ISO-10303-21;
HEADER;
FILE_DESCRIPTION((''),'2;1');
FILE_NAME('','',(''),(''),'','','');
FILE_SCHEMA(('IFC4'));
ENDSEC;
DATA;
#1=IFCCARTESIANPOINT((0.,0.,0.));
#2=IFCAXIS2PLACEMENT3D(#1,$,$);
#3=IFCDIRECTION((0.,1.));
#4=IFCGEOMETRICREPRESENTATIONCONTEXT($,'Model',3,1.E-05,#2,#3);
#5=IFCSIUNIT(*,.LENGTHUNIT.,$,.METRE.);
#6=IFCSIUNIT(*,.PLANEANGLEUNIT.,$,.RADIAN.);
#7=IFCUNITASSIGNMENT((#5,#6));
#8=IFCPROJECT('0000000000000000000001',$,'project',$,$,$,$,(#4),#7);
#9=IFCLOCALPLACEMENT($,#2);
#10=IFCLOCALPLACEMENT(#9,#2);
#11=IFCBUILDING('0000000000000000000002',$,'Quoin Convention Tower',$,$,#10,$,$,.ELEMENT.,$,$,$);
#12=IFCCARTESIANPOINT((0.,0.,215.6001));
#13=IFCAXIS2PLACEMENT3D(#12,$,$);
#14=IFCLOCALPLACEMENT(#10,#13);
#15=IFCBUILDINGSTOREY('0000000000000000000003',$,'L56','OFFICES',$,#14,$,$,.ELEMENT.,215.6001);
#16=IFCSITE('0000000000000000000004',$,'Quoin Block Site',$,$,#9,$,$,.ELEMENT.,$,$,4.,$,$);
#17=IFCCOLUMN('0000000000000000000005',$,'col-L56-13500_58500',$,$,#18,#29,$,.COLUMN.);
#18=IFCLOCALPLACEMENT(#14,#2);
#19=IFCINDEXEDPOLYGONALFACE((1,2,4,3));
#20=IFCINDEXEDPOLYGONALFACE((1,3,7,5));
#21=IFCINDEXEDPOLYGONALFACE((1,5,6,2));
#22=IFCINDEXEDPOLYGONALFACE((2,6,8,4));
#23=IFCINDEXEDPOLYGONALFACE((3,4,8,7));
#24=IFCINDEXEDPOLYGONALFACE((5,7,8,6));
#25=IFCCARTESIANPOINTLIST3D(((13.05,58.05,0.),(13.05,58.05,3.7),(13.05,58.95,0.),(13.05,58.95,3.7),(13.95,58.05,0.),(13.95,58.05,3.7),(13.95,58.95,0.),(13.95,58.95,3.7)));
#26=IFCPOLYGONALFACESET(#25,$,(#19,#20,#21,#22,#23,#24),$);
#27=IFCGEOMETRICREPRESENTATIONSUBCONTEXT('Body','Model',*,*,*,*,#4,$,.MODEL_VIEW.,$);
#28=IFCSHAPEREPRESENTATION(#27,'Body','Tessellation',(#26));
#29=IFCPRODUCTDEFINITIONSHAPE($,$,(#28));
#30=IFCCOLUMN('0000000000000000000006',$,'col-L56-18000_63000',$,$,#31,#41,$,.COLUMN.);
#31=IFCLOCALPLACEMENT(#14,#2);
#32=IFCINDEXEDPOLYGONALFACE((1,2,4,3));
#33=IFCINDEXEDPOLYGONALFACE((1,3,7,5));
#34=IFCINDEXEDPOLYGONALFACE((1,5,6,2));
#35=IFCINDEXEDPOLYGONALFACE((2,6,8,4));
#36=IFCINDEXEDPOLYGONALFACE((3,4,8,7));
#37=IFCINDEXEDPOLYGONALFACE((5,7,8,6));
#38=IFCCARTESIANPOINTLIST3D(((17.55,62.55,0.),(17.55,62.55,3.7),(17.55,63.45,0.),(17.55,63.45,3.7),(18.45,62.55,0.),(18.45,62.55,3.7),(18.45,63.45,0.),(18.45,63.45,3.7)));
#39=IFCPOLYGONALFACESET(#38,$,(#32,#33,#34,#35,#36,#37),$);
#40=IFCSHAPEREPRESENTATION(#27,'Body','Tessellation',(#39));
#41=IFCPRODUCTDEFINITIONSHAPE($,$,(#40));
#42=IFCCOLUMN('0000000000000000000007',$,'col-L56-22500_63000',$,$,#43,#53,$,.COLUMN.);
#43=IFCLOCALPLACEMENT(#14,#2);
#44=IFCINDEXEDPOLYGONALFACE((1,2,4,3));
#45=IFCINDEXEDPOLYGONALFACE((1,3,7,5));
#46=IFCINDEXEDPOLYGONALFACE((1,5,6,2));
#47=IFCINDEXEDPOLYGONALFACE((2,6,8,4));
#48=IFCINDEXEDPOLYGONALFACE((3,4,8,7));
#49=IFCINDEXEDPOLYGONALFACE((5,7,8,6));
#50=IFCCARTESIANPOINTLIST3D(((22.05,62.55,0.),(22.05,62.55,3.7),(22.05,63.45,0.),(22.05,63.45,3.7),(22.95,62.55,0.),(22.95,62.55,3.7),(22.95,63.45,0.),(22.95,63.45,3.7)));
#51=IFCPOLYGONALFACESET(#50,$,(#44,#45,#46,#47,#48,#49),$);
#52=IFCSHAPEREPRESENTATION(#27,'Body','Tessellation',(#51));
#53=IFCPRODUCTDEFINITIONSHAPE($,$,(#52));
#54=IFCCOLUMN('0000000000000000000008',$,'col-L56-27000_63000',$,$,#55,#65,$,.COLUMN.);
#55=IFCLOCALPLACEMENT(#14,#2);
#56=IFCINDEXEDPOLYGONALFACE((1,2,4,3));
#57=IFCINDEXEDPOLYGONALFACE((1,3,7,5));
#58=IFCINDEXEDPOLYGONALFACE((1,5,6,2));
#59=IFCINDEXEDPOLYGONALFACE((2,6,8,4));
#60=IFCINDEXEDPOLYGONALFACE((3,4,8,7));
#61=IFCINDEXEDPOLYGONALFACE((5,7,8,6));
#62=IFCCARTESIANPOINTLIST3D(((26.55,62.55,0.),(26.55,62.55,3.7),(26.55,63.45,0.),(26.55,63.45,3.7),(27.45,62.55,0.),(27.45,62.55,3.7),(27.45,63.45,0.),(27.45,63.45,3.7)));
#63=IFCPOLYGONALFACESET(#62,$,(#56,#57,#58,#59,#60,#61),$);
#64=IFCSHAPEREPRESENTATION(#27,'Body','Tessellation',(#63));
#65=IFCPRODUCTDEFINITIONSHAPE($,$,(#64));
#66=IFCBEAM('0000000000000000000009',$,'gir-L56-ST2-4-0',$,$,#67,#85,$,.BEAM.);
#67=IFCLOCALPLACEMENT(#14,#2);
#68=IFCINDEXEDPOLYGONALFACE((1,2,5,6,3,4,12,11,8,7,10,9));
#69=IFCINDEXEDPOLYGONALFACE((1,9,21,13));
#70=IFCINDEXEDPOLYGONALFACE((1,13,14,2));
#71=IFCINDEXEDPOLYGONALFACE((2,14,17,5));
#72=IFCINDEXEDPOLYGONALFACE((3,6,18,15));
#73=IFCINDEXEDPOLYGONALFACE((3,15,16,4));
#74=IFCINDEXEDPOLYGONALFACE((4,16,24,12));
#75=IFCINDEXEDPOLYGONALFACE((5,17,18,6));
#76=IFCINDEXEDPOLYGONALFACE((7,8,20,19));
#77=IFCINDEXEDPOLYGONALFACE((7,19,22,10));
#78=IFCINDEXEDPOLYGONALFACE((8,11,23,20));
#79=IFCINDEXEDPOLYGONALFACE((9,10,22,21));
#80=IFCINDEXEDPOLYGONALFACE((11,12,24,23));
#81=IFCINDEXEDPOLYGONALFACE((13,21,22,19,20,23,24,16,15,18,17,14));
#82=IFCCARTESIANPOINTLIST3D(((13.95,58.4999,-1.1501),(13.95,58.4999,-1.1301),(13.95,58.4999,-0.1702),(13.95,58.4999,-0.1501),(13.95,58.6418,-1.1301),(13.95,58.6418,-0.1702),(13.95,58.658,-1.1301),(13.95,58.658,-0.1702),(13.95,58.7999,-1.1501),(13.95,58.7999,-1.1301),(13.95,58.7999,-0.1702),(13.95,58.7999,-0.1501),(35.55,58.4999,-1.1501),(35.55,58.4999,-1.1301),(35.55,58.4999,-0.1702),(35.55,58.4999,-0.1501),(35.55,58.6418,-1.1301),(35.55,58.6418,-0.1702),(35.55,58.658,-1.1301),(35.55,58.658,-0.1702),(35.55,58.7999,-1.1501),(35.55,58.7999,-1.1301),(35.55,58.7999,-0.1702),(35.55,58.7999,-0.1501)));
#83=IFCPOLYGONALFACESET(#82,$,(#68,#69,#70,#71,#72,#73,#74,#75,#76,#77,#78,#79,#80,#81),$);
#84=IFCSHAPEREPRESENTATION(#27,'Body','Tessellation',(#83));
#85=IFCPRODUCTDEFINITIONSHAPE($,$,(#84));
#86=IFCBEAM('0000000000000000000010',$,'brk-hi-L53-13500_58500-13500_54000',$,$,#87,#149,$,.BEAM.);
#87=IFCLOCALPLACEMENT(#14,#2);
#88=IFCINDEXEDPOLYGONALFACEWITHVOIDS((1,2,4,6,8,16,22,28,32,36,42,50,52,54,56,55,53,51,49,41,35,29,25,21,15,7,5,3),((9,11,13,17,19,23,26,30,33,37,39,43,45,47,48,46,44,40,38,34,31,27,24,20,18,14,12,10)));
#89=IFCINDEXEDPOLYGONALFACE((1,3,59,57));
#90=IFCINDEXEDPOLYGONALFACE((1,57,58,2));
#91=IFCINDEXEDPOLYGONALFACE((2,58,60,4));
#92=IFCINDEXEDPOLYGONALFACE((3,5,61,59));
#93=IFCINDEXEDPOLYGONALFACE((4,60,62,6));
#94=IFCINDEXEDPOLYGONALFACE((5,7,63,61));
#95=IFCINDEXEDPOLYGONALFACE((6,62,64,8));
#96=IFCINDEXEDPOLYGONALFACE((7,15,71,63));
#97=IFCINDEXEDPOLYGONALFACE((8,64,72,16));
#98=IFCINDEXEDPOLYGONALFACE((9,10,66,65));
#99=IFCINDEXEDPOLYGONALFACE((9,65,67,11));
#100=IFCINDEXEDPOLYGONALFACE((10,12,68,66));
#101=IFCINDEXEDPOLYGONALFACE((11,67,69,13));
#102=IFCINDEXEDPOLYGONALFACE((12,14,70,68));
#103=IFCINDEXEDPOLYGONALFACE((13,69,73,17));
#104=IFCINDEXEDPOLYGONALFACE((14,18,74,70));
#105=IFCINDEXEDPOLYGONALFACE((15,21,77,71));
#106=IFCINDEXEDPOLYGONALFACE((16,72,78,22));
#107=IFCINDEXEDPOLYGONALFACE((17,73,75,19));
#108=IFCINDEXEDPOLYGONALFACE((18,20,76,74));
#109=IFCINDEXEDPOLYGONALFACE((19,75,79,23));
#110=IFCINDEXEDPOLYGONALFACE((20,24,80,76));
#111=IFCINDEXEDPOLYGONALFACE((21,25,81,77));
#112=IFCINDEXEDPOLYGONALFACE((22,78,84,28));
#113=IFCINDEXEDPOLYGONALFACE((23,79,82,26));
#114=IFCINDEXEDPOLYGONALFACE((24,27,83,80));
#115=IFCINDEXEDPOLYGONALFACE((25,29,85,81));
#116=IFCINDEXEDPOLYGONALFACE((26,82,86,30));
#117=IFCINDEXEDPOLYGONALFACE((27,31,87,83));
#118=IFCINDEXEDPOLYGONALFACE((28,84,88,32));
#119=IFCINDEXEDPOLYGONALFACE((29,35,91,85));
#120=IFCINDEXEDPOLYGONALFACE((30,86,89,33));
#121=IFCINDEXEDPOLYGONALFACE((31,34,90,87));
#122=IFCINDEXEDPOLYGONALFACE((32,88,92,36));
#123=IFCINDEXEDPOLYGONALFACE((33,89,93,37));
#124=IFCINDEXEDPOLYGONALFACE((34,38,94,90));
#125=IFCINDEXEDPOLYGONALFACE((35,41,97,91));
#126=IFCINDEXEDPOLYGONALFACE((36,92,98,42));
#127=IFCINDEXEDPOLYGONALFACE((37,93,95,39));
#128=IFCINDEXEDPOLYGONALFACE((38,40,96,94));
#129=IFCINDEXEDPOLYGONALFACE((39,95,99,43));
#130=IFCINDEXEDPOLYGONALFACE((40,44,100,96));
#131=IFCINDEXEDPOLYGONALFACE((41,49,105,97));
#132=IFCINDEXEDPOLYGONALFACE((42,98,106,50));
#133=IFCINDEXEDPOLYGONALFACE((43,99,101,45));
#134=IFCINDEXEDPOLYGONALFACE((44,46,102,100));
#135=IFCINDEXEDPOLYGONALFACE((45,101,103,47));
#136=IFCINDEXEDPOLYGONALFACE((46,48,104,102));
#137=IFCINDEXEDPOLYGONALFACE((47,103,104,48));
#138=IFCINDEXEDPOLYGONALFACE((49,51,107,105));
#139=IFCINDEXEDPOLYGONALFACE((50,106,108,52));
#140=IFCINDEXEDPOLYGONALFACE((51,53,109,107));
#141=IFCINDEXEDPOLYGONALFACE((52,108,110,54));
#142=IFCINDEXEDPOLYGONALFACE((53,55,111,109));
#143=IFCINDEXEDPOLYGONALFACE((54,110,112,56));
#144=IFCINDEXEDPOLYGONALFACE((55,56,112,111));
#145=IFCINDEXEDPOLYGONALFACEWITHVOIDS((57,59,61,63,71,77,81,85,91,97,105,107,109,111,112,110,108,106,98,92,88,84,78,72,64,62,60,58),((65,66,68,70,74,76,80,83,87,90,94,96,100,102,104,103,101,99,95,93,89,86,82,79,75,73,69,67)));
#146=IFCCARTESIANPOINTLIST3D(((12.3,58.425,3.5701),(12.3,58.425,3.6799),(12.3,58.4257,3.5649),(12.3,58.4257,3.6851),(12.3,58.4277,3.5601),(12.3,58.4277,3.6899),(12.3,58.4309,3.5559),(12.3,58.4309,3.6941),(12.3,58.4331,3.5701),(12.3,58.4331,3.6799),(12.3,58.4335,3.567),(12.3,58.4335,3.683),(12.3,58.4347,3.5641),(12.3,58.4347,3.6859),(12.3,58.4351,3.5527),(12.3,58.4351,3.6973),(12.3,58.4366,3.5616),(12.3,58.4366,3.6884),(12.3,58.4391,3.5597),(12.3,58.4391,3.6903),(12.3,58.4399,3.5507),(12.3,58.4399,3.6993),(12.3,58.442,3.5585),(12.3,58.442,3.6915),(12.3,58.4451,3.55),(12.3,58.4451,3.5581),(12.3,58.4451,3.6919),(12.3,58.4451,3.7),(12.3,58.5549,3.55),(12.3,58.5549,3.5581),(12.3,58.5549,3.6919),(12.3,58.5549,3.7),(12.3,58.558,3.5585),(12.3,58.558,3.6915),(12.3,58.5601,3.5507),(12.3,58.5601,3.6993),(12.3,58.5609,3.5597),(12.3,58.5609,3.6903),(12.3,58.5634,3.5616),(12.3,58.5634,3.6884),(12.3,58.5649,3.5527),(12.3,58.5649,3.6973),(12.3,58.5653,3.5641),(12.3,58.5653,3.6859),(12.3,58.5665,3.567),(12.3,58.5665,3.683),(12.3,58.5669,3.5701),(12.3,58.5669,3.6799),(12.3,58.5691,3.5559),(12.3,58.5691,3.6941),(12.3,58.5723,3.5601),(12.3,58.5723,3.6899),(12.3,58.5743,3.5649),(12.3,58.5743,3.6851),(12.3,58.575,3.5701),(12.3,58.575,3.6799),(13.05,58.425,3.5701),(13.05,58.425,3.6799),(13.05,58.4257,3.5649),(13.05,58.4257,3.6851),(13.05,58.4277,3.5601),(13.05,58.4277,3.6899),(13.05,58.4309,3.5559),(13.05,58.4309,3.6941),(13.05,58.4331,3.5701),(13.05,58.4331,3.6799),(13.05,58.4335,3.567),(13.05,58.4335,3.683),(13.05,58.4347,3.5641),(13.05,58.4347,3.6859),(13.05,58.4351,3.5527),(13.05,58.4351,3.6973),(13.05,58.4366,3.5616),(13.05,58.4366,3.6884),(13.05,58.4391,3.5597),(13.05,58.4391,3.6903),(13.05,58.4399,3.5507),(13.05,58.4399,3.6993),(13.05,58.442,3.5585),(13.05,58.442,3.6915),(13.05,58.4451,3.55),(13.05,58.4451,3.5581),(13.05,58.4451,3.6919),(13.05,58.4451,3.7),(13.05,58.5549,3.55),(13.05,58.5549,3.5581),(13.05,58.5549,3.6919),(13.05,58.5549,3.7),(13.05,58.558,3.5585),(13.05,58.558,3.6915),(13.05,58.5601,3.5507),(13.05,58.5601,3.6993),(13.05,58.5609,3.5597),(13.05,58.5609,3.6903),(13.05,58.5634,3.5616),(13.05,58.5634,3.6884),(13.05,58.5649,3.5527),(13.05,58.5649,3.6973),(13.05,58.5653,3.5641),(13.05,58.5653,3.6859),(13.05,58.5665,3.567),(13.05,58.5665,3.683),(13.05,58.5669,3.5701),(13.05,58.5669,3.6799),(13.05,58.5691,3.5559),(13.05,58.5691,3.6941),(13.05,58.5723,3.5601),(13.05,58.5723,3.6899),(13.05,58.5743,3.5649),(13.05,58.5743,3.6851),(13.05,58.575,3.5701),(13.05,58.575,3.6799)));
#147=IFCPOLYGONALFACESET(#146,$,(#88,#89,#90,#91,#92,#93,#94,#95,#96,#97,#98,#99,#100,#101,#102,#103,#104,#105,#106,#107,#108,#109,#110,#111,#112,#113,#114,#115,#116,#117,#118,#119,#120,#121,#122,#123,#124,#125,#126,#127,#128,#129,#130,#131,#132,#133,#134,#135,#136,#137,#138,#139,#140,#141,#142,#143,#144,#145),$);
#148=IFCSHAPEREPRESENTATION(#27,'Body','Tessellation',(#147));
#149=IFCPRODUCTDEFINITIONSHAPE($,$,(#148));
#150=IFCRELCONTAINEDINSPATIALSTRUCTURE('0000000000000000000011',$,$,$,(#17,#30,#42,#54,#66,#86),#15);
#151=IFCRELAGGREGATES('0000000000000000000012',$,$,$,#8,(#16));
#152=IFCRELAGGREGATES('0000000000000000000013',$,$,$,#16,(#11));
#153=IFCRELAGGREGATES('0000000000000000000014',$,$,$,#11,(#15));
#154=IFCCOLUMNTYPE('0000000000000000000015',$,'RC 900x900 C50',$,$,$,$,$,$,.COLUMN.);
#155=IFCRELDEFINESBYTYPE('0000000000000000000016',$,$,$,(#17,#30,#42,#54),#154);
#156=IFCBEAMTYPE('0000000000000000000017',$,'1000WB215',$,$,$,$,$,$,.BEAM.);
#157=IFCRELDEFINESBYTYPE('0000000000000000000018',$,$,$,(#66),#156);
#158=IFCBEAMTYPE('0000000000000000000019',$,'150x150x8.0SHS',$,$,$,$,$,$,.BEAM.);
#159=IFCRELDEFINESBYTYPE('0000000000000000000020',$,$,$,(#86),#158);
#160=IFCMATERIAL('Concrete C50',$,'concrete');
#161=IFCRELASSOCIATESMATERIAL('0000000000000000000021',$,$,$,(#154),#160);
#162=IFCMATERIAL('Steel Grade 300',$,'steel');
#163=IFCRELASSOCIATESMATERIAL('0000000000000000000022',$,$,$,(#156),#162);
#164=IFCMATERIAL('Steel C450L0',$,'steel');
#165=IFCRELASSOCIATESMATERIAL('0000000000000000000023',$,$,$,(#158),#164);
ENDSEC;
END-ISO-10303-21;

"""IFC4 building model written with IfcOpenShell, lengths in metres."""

from ifc_helpers import new_model, si_unit, direction, frame, origin, origin_2d, place, context, subcontext, project, spatial, rectangle, hollow_rectangle, i_section, extrude, material, material_profile, profile_set, type_object, element, save


model = new_model("IFC4")

# Units and contexts
model_context = context("Model", 3, precision=1e-05, world=origin(), true_north=direction((0.0, 1.0)))
body_context = subcontext(model_context, "Body", "Model", "MODEL_VIEW")
ifc_project = project(units=[si_unit("LENGTHUNIT", "METRE"), si_unit("PLANEANGLEUNIT", "RADIAN")], contexts=[model_context])

# Site, building, storey
site_placement = place(None, origin())
site = spatial("IfcSite", under=ifc_project, at=site_placement, Name="Quoin Block Site", CompositionType="ELEMENT", RefElevation=4.0)
building_placement = place(site_placement, origin())
building = spatial("IfcBuilding", under=site, at=building_placement, Name="Quoin Convention Tower", CompositionType="ELEMENT")
storey_placement = place(building_placement, frame((0.0, 0.0, 215.6001)))
storey = spatial("IfcBuildingStorey", under=building, at=storey_placement, Name="L56", Description="OFFICES", CompositionType="ELEMENT", Elevation=215.6001)

# Columns
ifc_material_1 = material(Name="Concrete C50", Category="concrete")
ifc_material_profile_1 = material_profile(ifc_material_1, rectangle(XDim=0.8999, YDim=0.8999, at=origin_2d()), Name="RC 900x900")
ifc_profile_set_1 = profile_set([ifc_material_profile_1], Name="Concrete C50")
column_type = type_object("IfcColumnType", Name="RC 900x900 C50", PredefinedType="COLUMN", material=ifc_profile_set_1)
for number, where, z_axis, x_axis, name in (
    (1, (13.5, 58.5, 0.0), (0.0, 0.0, 1.0), (1.0, 0.0, 0.0), "col-L56-13500_58500"),
    (2, (18.0, 63.0, 0.0), (0.0, 0.0, 1.0), (1.0, 0.0, 0.0), "col-L56-18000_63000"),
    (3, (22.5, 63.0, 0.0), (0.0, 0.0, 1.0), (1.0, 0.0, 0.0), "col-L56-22500_63000"),
    (4, (27.0, 63.0, 0.0), (0.0, 0.0, 1.0), (1.0, 0.0, 0.0), "col-L56-27000_63000"),
):
    element("IfcColumn", number, at=place(storey_placement, frame(where, z_axis=z_axis, x_axis=x_axis)), inside=storey, type_object=column_type, Name=name, PredefinedType="COLUMN", context=body_context, shape_type="SweptSolid", body=[
        extrude(rectangle(XDim=0.8999, YDim=0.8999, at=origin_2d()), origin(), (0.0, 0.0, 1.0), 3.7),
    ])

# Beams
ifc_material_2 = material(Name="Steel Grade 300", Category="steel")
ifc_material_profile_2 = material_profile(ifc_material_2, i_section(OverallWidth=0.3, OverallDepth=1.0, WebThickness=0.0161, FlangeThickness=0.02, at=origin_2d()), Name="1000WB215")
ifc_profile_set_2 = profile_set([ifc_material_profile_2], Name="Steel Grade 300")
beam_type_1 = type_object("IfcBeamType", Name="1000WB215", PredefinedType="BEAM", material=ifc_profile_set_2)
beam_1_placement = place(storey_placement, frame((13.95, 58.6499, -0.6501), z_axis=(1.0, 0.0, 0.0), x_axis=(0.0, 1.0, 0.0)))
element("IfcBeam", 5, at=beam_1_placement, inside=storey, type_object=beam_type_1, Name="gir-L56-ST2-4-0", PredefinedType="BEAM", context=body_context, shape_type="SweptSolid", body=[
    extrude(i_section(OverallWidth=0.3, OverallDepth=1.0, WebThickness=0.0161, FlangeThickness=0.02, at=origin_2d()), origin(), (0.0, 0.0, 1.0), 21.6001),
])
ifc_material_3 = material(Name="Steel C450L0", Category="steel")
ifc_material_profile_3 = material_profile(ifc_material_3, hollow_rectangle(XDim=0.1499, YDim=0.1499, WallThickness=0.0081, InnerFilletRadius=0.012, OuterFilletRadius=0.02, at=origin_2d()), Name="150x150x8.0SHS")
ifc_profile_set_3 = profile_set([ifc_material_profile_3], Name="Steel C450L0")
beam_type_2 = type_object("IfcBeamType", Name="150x150x8.0SHS", PredefinedType="BEAM", material=ifc_profile_set_3)
for number, where, z_axis, x_axis, name in (
    (6, (13.05, 58.5, 3.625), (-1.0, 0.0, 0.0), (0.0, -1.0, 0.0), "brk-hi-L53-13500_58500-13500_54000"),
):
    element("IfcBeam", number, at=place(storey_placement, frame(where, z_axis=z_axis, x_axis=x_axis)), inside=storey, type_object=beam_type_2, Name=name, PredefinedType="BEAM", context=body_context, shape_type="SweptSolid", body=[
        extrude(hollow_rectangle(XDim=0.1499, YDim=0.1499, WallThickness=0.0081, InnerFilletRadius=0.012, OuterFilletRadius=0.02, at=origin_2d()), origin(), (0.0, 0.0, 1.0), 0.75),
    ])

save(model, "model.ifc")
